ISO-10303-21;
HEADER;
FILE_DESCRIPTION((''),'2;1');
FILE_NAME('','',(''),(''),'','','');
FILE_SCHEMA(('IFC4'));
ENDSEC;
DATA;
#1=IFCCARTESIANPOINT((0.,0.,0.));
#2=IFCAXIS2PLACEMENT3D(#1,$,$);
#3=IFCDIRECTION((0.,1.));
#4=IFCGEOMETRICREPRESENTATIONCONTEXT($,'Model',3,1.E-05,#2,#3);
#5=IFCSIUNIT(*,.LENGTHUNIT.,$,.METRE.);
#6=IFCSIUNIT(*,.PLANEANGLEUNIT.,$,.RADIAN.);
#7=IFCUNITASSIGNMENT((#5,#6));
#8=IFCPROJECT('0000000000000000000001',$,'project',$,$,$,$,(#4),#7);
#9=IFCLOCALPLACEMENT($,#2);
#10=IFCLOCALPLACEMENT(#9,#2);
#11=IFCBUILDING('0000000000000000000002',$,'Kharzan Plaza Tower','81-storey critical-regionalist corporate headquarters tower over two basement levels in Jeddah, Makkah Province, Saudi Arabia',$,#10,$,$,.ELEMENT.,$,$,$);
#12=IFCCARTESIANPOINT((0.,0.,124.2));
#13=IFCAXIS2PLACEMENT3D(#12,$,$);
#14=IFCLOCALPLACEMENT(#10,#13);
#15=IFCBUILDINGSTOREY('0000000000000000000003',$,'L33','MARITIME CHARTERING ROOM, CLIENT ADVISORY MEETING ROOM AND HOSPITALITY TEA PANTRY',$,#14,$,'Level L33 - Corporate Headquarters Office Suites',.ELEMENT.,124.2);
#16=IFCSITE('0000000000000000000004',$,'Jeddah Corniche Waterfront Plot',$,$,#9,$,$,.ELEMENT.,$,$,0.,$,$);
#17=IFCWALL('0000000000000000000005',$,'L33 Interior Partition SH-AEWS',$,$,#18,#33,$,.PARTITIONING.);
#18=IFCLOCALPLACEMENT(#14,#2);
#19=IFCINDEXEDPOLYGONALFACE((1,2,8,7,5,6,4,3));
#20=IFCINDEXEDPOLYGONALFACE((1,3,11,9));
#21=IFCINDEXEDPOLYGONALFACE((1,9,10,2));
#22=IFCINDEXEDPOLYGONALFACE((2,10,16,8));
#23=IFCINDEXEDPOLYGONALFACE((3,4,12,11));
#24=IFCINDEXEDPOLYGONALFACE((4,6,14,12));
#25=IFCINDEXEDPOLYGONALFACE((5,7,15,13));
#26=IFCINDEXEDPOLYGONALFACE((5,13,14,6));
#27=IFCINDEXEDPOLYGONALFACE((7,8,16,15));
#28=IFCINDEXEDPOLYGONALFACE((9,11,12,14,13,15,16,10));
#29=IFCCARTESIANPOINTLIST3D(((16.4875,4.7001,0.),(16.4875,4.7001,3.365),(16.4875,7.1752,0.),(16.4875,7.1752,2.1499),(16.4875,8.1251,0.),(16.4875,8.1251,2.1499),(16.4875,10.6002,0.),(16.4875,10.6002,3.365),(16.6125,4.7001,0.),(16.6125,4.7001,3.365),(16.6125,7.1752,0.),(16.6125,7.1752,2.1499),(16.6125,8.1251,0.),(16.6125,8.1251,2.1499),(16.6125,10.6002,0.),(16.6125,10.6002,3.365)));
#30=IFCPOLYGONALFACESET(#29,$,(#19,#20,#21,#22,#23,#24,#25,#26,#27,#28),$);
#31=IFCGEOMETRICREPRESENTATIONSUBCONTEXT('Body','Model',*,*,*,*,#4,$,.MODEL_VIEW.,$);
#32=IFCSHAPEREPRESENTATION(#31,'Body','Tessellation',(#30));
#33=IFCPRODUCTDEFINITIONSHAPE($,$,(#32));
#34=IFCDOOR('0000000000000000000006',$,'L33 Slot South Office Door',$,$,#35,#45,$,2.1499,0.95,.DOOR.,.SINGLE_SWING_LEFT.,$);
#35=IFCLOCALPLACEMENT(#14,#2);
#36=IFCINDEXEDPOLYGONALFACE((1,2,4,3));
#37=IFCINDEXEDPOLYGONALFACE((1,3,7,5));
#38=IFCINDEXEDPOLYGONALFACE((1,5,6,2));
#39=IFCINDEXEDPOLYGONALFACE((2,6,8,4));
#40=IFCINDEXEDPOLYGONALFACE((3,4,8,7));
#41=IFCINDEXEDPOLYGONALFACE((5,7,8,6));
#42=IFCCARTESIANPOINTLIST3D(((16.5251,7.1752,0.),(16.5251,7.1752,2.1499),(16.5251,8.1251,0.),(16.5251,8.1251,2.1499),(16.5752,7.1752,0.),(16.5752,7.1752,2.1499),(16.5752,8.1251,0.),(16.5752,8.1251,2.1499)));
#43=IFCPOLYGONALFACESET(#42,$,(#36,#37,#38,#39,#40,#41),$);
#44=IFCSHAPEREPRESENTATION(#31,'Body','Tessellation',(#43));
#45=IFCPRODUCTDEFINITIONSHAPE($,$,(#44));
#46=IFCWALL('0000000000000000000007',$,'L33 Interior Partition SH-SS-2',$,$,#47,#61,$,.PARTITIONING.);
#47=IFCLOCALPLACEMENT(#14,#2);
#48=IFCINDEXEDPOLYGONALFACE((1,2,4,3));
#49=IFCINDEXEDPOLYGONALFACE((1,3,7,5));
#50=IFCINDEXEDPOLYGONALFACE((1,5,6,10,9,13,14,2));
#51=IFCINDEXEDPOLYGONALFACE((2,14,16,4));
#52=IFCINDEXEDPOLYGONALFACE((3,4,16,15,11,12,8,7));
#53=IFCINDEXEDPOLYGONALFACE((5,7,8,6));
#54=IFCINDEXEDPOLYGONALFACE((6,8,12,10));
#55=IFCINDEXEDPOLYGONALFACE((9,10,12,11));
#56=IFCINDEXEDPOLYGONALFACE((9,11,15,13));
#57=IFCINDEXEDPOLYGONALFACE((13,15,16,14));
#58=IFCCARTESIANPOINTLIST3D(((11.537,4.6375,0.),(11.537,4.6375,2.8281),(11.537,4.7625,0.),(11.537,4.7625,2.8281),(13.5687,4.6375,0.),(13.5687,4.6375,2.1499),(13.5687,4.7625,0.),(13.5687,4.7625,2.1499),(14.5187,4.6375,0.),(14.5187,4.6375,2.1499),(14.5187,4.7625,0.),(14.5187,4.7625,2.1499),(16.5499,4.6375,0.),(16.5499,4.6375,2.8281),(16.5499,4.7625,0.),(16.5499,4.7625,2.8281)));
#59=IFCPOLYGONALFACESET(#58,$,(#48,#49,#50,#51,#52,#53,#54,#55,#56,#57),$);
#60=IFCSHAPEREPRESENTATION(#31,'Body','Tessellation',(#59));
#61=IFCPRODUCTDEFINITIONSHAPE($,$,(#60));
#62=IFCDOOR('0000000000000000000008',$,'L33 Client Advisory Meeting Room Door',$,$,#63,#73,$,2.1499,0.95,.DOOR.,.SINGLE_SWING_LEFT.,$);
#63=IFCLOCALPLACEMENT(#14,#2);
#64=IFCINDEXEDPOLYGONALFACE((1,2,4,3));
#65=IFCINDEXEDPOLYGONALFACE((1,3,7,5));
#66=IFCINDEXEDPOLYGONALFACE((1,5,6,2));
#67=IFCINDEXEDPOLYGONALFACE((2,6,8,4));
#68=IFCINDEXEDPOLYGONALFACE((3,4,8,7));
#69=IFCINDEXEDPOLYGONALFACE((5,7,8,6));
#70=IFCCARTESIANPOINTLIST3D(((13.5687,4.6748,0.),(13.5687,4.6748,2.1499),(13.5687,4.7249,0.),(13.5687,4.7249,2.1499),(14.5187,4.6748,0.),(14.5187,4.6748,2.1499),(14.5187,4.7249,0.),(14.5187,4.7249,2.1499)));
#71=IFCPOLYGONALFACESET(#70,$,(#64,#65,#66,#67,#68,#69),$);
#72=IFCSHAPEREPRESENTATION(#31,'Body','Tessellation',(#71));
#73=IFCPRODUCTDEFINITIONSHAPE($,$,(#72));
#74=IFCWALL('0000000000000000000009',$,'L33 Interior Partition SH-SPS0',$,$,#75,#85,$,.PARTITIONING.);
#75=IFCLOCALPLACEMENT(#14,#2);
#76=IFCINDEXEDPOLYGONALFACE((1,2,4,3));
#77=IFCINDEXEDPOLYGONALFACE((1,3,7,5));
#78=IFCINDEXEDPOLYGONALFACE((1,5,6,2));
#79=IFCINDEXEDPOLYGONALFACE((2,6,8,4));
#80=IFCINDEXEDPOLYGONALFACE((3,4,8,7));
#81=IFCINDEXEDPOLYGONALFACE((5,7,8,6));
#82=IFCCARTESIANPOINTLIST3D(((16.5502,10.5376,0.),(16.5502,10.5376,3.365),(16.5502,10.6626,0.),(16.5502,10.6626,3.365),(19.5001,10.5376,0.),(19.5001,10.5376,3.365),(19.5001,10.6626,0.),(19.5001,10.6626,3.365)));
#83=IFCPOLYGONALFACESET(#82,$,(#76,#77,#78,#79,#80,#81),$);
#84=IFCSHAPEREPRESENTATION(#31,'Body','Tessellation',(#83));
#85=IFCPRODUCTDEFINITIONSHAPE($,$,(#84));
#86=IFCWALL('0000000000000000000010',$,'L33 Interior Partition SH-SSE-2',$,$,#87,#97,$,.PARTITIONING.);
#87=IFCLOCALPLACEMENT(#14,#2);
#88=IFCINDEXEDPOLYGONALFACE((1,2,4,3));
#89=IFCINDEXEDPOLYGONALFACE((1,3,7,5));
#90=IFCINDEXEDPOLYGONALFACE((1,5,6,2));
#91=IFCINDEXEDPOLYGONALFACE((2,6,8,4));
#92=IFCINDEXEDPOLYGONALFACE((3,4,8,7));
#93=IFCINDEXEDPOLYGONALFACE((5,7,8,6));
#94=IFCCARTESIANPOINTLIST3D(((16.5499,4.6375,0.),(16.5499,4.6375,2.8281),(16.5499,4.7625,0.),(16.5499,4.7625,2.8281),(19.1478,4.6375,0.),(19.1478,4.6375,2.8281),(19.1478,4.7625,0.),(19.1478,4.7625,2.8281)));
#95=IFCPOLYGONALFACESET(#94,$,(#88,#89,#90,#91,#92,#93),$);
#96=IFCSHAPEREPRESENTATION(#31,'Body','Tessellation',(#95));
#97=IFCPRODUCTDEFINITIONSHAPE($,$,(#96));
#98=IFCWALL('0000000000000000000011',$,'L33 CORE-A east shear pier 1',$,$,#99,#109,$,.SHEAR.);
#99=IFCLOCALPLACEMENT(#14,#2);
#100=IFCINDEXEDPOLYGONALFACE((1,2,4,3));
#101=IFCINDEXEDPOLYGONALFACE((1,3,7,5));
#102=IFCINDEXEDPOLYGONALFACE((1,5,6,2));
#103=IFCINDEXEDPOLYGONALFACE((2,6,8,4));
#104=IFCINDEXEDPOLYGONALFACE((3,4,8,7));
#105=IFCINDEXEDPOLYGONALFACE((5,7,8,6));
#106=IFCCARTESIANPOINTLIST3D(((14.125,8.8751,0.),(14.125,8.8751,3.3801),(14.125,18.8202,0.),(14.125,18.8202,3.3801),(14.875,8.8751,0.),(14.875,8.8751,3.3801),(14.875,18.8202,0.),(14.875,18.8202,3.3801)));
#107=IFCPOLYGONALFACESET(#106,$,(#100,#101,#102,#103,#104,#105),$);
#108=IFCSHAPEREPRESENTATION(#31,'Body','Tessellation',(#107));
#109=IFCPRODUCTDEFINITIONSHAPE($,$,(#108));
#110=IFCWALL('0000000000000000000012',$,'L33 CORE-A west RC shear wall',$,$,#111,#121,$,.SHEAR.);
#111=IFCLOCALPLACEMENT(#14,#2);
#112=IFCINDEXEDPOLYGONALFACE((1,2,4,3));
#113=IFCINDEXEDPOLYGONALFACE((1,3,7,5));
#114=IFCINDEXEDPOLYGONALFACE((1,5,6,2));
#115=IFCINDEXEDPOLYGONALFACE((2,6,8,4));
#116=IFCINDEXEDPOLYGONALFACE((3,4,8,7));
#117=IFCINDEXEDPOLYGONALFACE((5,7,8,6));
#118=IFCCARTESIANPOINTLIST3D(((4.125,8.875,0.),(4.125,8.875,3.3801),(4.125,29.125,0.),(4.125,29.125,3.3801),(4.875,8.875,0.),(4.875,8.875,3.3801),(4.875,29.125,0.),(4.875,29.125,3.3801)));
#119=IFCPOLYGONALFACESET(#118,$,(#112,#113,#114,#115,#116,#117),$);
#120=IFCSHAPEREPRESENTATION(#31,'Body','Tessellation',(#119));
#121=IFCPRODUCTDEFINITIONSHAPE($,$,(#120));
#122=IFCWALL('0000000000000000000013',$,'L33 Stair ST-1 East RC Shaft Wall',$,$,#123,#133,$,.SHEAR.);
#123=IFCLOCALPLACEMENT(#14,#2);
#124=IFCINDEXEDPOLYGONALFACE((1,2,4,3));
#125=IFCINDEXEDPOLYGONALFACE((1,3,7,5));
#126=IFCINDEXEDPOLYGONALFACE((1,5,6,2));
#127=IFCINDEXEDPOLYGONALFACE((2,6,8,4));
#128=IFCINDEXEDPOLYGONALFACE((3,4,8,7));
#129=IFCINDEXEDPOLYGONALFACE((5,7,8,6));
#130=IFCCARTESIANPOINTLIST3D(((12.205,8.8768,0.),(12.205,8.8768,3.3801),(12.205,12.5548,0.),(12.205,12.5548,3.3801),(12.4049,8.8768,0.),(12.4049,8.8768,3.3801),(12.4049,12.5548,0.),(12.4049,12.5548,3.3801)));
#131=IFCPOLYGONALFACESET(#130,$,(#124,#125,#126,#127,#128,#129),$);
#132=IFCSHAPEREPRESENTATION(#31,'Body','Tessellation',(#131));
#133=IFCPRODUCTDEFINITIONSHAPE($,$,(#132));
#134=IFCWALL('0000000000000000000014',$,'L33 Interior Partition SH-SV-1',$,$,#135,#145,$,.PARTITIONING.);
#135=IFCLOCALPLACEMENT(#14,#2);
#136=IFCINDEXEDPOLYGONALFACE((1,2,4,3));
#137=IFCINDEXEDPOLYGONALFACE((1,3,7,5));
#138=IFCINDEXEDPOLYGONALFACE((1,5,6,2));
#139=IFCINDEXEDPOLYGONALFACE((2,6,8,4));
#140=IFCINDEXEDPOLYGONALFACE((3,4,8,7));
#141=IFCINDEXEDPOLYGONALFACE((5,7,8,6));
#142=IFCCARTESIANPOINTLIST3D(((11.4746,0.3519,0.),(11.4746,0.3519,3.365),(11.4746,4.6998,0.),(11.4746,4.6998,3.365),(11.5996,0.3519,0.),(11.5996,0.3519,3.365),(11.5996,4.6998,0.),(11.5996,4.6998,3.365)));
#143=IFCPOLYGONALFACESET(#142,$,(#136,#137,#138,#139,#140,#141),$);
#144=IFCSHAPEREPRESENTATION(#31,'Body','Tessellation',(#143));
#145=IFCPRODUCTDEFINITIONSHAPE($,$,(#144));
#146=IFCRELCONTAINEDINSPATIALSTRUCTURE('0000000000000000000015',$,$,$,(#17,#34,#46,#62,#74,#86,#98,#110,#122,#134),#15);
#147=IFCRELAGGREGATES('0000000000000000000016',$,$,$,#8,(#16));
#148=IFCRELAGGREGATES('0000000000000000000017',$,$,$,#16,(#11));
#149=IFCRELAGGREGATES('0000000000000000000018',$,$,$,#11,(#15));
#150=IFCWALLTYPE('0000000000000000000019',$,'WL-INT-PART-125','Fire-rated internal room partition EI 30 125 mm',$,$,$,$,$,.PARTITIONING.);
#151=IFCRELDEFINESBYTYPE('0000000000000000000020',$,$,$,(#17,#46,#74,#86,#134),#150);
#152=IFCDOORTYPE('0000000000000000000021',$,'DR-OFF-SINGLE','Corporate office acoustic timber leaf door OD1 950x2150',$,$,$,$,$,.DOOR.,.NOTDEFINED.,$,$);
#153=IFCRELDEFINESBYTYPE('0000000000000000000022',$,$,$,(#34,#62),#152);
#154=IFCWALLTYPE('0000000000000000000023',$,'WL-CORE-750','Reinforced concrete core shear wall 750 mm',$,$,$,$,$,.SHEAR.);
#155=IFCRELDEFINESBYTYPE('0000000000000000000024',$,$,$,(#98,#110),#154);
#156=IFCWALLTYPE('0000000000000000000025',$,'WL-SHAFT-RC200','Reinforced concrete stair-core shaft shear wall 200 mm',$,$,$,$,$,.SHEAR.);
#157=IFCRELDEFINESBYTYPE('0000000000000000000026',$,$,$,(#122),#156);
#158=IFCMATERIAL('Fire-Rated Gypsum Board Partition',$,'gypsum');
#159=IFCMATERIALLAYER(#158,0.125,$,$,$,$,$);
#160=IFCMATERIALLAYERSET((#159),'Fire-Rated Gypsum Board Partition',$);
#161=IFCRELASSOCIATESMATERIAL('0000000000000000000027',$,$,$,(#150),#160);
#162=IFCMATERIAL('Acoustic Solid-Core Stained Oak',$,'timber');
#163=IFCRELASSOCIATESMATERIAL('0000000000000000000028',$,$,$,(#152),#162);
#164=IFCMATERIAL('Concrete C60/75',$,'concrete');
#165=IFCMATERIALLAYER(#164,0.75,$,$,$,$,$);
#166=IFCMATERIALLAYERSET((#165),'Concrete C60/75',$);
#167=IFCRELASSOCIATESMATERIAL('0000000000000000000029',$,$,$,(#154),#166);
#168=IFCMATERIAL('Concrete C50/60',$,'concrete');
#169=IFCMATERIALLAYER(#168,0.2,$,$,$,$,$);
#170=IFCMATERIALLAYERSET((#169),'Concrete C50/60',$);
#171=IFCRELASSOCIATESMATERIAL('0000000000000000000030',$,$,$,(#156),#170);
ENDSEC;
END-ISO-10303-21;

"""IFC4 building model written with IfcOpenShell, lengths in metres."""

from ifc_helpers import new_model, si_unit, direction, frame, frame_2d, origin, place, context, subcontext, project, spatial, rectangle, extrude, source, transform, mapped, material, layer, layer_set, type_object, element, fill, save


model = new_model("IFC4")

# Units and contexts
model_context = context("Model", 3, precision=1e-05, world=origin(), true_north=direction((0.0, 1.0)))
body_context = subcontext(model_context, "Body", "Model", "MODEL_VIEW")
ifc_project = project(units=[si_unit("LENGTHUNIT", "METRE"), si_unit("PLANEANGLEUNIT", "RADIAN")], contexts=[model_context])

# Site, building, storey
site_placement = place(None, origin())
site = spatial("IfcSite", under=ifc_project, at=site_placement, Name="Jeddah Corniche Waterfront Plot", CompositionType="ELEMENT", RefElevation=0.0)
building_placement = place(site_placement, origin())
building = spatial("IfcBuilding", under=site, at=building_placement, Name="Kharzan Plaza Tower", Description="81-storey critical-regionalist corporate headquarters tower over two basement levels in Jeddah, Makkah Province, Saudi Arabia", CompositionType="ELEMENT")
storey_placement = place(building_placement, frame((0.0, 0.0, 124.2)))
storey = spatial("IfcBuildingStorey", under=building, at=storey_placement, Name="L33", Description="MARITIME CHARTERING ROOM, CLIENT ADVISORY MEETING ROOM AND HOSPITALITY TEA PANTRY", LongName="Level L33 - Corporate Headquarters Office Suites", CompositionType="ELEMENT", Elevation=124.2)

# Shared definitions
ifc_material_1 = material(Name="Concrete C60/75", Category="concrete")

# Walls, openings, doors
ifc_material_2 = material(Name="Fire-Rated Gypsum Board Partition", Category="gypsum")
ifc_layer_1 = layer(ifc_material_2, 0.125)
ifc_layer_set_1 = layer_set([ifc_layer_1], Name="Fire-Rated Gypsum Board Partition")
wall_type_1 = type_object("IfcWallType", Name="WL-INT-PART-125", Description="Fire-rated internal room partition EI 30 125 mm", PredefinedType="PARTITIONING", material=ifc_layer_set_1)
wall_1_placement = place(storey_placement, frame((16.55, 4.7, 0.0), z_axis=(0.0, 0.0, 1.0), x_axis=(0.0, 1.0, 0.0)))
wall_1 = element("IfcWall", 1, at=wall_1_placement, inside=storey, type_object=wall_type_1, Name="L33 Interior Partition SH-AEWS", PredefinedType="PARTITIONING", context=body_context, shape_type="SweptSolid", body=[
    extrude(rectangle(XDim=5.9001, YDim=0.125, at=frame_2d((2.9502, 0.0))), origin(), (0.0, 0.0, 1.0), 3.365),
])
opening_1_placement = place(wall_1_placement, frame((2.4751, 0.0, 0.0)))
opening_1 = element("IfcOpeningElement", 2, at=opening_1_placement, cuts=wall_1, PredefinedType="OPENING", context=body_context, shape_type="SweptSolid", body=[
    extrude(rectangle(XDim=0.95, YDim=2.1499, at=frame_2d((0.4751, 1.075))), frame((0.0, 0.0725, 0.0), z_axis=(0.0, -1.0, 0.0), x_axis=(1.0, 0.0, 0.0)), (0.0, 0.0, 1.0), 0.145),
])
ifc_material_3 = material(Name="Acoustic Solid-Core Stained Oak", Category="timber")
door_type = type_object("IfcDoorType", Name="DR-OFF-SINGLE", Description="Corporate office acoustic timber leaf door OD1 950x2150", OperationType="NOTDEFINED", PredefinedType="DOOR", material=ifc_material_3)
shared_shape_1 = source(origin(), body_context, "Body", "SweptSolid", [
    extrude(rectangle(XDim=0.95, YDim=2.1499, at=frame_2d((0.4751, 1.075))), frame((0.0, 0.0249, 0.0), z_axis=(0.0, -1.0, 0.0), x_axis=(1.0, 0.0, 0.0)), (0.0, 0.0, 1.0), 0.05),
])
door_1_placement = place(opening_1_placement, origin())
door_1 = element("IfcDoor", 3, at=door_1_placement, inside=storey, type_object=door_type, Name="L33 Slot South Office Door", OperationType="SINGLE_SWING_LEFT", OverallHeight=2.1499, OverallWidth=0.95, PredefinedType="DOOR", context=body_context, shape_type="MappedRepresentation", body=[
    mapped(shared_shape_1, transform((0.0, 0.0, 0.0), x_axis=(1.0, 0.0, 0.0), y_axis=(0.0, 1.0, 0.0), z_axis=(0.0, 0.0, 1.0))),
])
fill(opening_1, door_1)
wall_2_placement = place(storey_placement, frame((11.5371, 4.7, 0.0), z_axis=(0.0, 0.0, 1.0), x_axis=(1.0, 0.0, 0.0)))
wall_2 = element("IfcWall", 4, at=wall_2_placement, inside=storey, type_object=wall_type_1, Name="L33 Interior Partition SH-SS-2", PredefinedType="PARTITIONING", context=body_context, shape_type="SweptSolid", body=[
    extrude(rectangle(XDim=5.0129, YDim=0.125, at=frame_2d((2.5063, 0.0))), origin(), (0.0, 0.0, 1.0), 2.8281),
])
opening_2_placement = place(wall_2_placement, frame((2.0315, 0.0, 0.0)))
opening_2 = element("IfcOpeningElement", 5, at=opening_2_placement, cuts=wall_2, PredefinedType="OPENING", context=body_context, shape_type="SweptSolid", body=[
    extrude(rectangle(XDim=0.95, YDim=2.1499, at=frame_2d((0.4751, 1.075))), frame((0.0, 0.0725, 0.0), z_axis=(0.0, -1.0, 0.0), x_axis=(1.0, 0.0, 0.0)), (0.0, 0.0, 1.0), 0.145),
])
door_2_placement = place(opening_2_placement, origin())
door_2 = element("IfcDoor", 6, at=door_2_placement, inside=storey, type_object=door_type, Name="L33 Client Advisory Meeting Room Door", OperationType="SINGLE_SWING_LEFT", OverallHeight=2.1499, OverallWidth=0.95, PredefinedType="DOOR", context=body_context, shape_type="MappedRepresentation", body=[
    mapped(shared_shape_1, transform((0.0, 0.0, 0.0), x_axis=(1.0, 0.0, 0.0), y_axis=(0.0, 1.0, 0.0), z_axis=(0.0, 0.0, 1.0))),
])
fill(opening_2, door_2)

# Walls
shared_shape_2 = source(origin(), body_context, "Body", "SweptSolid", [
    extrude(rectangle(XDim=2.95, YDim=0.125, at=frame_2d((1.4751, 0.0))), origin(), (0.0, 0.0, 1.0), 3.365),
])
wall_3_placement = place(storey_placement, frame((16.55, 10.6001, 0.0), z_axis=(0.0, 0.0, 1.0), x_axis=(1.0, 0.0, 0.0)))
element("IfcWall", 7, at=wall_3_placement, inside=storey, type_object=wall_type_1, Name="L33 Interior Partition SH-SPS0", PredefinedType="PARTITIONING", context=body_context, shape_type="MappedRepresentation", body=[
    mapped(shared_shape_2, transform((0.0, 0.0, 0.0), x_axis=(1.0, 0.0, 0.0), y_axis=(0.0, 1.0, 0.0), z_axis=(0.0, 0.0, 1.0))),
])
shared_shape_3 = source(origin(), body_context, "Body", "SweptSolid", [
    extrude(rectangle(XDim=2.5979, YDim=0.125, at=frame_2d((1.2988, 0.0))), origin(), (0.0, 0.0, 1.0), 2.8281),
])
wall_4_placement = place(storey_placement, frame((16.55, 4.7, 0.0), z_axis=(0.0, 0.0, 1.0), x_axis=(1.0, 0.0, 0.0)))
element("IfcWall", 8, at=wall_4_placement, inside=storey, type_object=wall_type_1, Name="L33 Interior Partition SH-SSE-2", PredefinedType="PARTITIONING", context=body_context, shape_type="MappedRepresentation", body=[
    mapped(shared_shape_3, transform((0.0, 0.0, 0.0), x_axis=(1.0, 0.0, 0.0), y_axis=(0.0, 1.0, 0.0), z_axis=(0.0, 0.0, 1.0))),
])
ifc_layer_2 = layer(ifc_material_1, 0.75)
ifc_layer_set_2 = layer_set([ifc_layer_2], Name="Concrete C60/75")
wall_type_2 = type_object("IfcWallType", Name="WL-CORE-750", Description="Reinforced concrete core shear wall 750 mm", PredefinedType="SHEAR", material=ifc_layer_set_2)
shared_shape_4 = source(origin(), body_context, "Body", "SweptSolid", [
    extrude(rectangle(XDim=9.9451, YDim=0.75, at=frame_2d((4.9727, 0.0))), origin(), (0.0, 0.0, 1.0), 3.3801),
])
wall_5_placement = place(storey_placement, frame((14.5, 8.875, 0.0), z_axis=(0.0, 0.0, 1.0), x_axis=(0.0, 1.0, 0.0)))
element("IfcWall", 9, at=wall_5_placement, inside=storey, type_object=wall_type_2, Name="L33 CORE-A east shear pier 1", PredefinedType="SHEAR", context=body_context, shape_type="MappedRepresentation", body=[
    mapped(shared_shape_4, transform((0.0, 0.0, 0.0), x_axis=(1.0, 0.0, 0.0), y_axis=(0.0, 1.0, 0.0), z_axis=(0.0, 0.0, 1.0))),
])
shared_shape_5 = source(origin(), body_context, "Body", "SweptSolid", [
    extrude(rectangle(XDim=20.25, YDim=0.75, at=frame_2d((10.125, 0.0))), origin(), (0.0, 0.0, 1.0), 3.3801),
])
wall_6_placement = place(storey_placement, frame((4.5, 8.875, 0.0), z_axis=(0.0, 0.0, 1.0), x_axis=(0.0, 1.0, 0.0)))
element("IfcWall", 10, at=wall_6_placement, inside=storey, type_object=wall_type_2, Name="L33 CORE-A west RC shear wall", PredefinedType="SHEAR", context=body_context, shape_type="MappedRepresentation", body=[
    mapped(shared_shape_5, transform((0.0, 0.0, 0.0), x_axis=(1.0, 0.0, 0.0), y_axis=(0.0, 1.0, 0.0), z_axis=(0.0, 0.0, 1.0))),
])
ifc_material_4 = material(Name="Concrete C50/60", Category="concrete")
ifc_layer_3 = layer(ifc_material_4, 0.2)
ifc_layer_set_3 = layer_set([ifc_layer_3], Name="Concrete C50/60")
wall_type_3 = type_object("IfcWallType", Name="WL-SHAFT-RC200", Description="Reinforced concrete stair-core shaft shear wall 200 mm", PredefinedType="SHEAR", material=ifc_layer_set_3)
shared_shape_6 = source(origin(), body_context, "Body", "SweptSolid", [
    extrude(rectangle(XDim=3.678, YDim=0.2, at=frame_2d((1.8389, 0.0))), origin(), (0.0, 0.0, 1.0), 3.3801),
])
wall_7_placement = place(storey_placement, frame((12.3049, 8.877, 0.0), z_axis=(0.0, 0.0, 1.0), x_axis=(0.0, 1.0, 0.0)))
element("IfcWall", 11, at=wall_7_placement, inside=storey, type_object=wall_type_3, Name="L33 Stair ST-1 East RC Shaft Wall", PredefinedType="SHEAR", context=body_context, shape_type="MappedRepresentation", body=[
    mapped(shared_shape_6, transform((0.0, 0.0, 0.0), x_axis=(1.0, 0.0, 0.0), y_axis=(0.0, 1.0, 0.0), z_axis=(0.0, 0.0, 1.0))),
])
shared_shape_7 = source(origin(), body_context, "Body", "SweptSolid", [
    extrude(rectangle(XDim=4.3479, YDim=0.125, at=frame_2d((2.1738, 0.0))), origin(), (0.0, 0.0, 1.0), 3.365),
])
wall_8_placement = place(storey_placement, frame((11.5371, 0.3521, 0.0), z_axis=(0.0, 0.0, 1.0), x_axis=(0.0, 1.0, 0.0)))
element("IfcWall", 12, at=wall_8_placement, inside=storey, type_object=wall_type_1, Name="L33 Interior Partition SH-SV-1", PredefinedType="PARTITIONING", context=body_context, shape_type="MappedRepresentation", body=[
    mapped(shared_shape_7, transform((0.0, 0.0, 0.0), x_axis=(1.0, 0.0, 0.0), y_axis=(0.0, 1.0, 0.0), z_axis=(0.0, 0.0, 1.0))),
])

save(model, "model.ifc")
